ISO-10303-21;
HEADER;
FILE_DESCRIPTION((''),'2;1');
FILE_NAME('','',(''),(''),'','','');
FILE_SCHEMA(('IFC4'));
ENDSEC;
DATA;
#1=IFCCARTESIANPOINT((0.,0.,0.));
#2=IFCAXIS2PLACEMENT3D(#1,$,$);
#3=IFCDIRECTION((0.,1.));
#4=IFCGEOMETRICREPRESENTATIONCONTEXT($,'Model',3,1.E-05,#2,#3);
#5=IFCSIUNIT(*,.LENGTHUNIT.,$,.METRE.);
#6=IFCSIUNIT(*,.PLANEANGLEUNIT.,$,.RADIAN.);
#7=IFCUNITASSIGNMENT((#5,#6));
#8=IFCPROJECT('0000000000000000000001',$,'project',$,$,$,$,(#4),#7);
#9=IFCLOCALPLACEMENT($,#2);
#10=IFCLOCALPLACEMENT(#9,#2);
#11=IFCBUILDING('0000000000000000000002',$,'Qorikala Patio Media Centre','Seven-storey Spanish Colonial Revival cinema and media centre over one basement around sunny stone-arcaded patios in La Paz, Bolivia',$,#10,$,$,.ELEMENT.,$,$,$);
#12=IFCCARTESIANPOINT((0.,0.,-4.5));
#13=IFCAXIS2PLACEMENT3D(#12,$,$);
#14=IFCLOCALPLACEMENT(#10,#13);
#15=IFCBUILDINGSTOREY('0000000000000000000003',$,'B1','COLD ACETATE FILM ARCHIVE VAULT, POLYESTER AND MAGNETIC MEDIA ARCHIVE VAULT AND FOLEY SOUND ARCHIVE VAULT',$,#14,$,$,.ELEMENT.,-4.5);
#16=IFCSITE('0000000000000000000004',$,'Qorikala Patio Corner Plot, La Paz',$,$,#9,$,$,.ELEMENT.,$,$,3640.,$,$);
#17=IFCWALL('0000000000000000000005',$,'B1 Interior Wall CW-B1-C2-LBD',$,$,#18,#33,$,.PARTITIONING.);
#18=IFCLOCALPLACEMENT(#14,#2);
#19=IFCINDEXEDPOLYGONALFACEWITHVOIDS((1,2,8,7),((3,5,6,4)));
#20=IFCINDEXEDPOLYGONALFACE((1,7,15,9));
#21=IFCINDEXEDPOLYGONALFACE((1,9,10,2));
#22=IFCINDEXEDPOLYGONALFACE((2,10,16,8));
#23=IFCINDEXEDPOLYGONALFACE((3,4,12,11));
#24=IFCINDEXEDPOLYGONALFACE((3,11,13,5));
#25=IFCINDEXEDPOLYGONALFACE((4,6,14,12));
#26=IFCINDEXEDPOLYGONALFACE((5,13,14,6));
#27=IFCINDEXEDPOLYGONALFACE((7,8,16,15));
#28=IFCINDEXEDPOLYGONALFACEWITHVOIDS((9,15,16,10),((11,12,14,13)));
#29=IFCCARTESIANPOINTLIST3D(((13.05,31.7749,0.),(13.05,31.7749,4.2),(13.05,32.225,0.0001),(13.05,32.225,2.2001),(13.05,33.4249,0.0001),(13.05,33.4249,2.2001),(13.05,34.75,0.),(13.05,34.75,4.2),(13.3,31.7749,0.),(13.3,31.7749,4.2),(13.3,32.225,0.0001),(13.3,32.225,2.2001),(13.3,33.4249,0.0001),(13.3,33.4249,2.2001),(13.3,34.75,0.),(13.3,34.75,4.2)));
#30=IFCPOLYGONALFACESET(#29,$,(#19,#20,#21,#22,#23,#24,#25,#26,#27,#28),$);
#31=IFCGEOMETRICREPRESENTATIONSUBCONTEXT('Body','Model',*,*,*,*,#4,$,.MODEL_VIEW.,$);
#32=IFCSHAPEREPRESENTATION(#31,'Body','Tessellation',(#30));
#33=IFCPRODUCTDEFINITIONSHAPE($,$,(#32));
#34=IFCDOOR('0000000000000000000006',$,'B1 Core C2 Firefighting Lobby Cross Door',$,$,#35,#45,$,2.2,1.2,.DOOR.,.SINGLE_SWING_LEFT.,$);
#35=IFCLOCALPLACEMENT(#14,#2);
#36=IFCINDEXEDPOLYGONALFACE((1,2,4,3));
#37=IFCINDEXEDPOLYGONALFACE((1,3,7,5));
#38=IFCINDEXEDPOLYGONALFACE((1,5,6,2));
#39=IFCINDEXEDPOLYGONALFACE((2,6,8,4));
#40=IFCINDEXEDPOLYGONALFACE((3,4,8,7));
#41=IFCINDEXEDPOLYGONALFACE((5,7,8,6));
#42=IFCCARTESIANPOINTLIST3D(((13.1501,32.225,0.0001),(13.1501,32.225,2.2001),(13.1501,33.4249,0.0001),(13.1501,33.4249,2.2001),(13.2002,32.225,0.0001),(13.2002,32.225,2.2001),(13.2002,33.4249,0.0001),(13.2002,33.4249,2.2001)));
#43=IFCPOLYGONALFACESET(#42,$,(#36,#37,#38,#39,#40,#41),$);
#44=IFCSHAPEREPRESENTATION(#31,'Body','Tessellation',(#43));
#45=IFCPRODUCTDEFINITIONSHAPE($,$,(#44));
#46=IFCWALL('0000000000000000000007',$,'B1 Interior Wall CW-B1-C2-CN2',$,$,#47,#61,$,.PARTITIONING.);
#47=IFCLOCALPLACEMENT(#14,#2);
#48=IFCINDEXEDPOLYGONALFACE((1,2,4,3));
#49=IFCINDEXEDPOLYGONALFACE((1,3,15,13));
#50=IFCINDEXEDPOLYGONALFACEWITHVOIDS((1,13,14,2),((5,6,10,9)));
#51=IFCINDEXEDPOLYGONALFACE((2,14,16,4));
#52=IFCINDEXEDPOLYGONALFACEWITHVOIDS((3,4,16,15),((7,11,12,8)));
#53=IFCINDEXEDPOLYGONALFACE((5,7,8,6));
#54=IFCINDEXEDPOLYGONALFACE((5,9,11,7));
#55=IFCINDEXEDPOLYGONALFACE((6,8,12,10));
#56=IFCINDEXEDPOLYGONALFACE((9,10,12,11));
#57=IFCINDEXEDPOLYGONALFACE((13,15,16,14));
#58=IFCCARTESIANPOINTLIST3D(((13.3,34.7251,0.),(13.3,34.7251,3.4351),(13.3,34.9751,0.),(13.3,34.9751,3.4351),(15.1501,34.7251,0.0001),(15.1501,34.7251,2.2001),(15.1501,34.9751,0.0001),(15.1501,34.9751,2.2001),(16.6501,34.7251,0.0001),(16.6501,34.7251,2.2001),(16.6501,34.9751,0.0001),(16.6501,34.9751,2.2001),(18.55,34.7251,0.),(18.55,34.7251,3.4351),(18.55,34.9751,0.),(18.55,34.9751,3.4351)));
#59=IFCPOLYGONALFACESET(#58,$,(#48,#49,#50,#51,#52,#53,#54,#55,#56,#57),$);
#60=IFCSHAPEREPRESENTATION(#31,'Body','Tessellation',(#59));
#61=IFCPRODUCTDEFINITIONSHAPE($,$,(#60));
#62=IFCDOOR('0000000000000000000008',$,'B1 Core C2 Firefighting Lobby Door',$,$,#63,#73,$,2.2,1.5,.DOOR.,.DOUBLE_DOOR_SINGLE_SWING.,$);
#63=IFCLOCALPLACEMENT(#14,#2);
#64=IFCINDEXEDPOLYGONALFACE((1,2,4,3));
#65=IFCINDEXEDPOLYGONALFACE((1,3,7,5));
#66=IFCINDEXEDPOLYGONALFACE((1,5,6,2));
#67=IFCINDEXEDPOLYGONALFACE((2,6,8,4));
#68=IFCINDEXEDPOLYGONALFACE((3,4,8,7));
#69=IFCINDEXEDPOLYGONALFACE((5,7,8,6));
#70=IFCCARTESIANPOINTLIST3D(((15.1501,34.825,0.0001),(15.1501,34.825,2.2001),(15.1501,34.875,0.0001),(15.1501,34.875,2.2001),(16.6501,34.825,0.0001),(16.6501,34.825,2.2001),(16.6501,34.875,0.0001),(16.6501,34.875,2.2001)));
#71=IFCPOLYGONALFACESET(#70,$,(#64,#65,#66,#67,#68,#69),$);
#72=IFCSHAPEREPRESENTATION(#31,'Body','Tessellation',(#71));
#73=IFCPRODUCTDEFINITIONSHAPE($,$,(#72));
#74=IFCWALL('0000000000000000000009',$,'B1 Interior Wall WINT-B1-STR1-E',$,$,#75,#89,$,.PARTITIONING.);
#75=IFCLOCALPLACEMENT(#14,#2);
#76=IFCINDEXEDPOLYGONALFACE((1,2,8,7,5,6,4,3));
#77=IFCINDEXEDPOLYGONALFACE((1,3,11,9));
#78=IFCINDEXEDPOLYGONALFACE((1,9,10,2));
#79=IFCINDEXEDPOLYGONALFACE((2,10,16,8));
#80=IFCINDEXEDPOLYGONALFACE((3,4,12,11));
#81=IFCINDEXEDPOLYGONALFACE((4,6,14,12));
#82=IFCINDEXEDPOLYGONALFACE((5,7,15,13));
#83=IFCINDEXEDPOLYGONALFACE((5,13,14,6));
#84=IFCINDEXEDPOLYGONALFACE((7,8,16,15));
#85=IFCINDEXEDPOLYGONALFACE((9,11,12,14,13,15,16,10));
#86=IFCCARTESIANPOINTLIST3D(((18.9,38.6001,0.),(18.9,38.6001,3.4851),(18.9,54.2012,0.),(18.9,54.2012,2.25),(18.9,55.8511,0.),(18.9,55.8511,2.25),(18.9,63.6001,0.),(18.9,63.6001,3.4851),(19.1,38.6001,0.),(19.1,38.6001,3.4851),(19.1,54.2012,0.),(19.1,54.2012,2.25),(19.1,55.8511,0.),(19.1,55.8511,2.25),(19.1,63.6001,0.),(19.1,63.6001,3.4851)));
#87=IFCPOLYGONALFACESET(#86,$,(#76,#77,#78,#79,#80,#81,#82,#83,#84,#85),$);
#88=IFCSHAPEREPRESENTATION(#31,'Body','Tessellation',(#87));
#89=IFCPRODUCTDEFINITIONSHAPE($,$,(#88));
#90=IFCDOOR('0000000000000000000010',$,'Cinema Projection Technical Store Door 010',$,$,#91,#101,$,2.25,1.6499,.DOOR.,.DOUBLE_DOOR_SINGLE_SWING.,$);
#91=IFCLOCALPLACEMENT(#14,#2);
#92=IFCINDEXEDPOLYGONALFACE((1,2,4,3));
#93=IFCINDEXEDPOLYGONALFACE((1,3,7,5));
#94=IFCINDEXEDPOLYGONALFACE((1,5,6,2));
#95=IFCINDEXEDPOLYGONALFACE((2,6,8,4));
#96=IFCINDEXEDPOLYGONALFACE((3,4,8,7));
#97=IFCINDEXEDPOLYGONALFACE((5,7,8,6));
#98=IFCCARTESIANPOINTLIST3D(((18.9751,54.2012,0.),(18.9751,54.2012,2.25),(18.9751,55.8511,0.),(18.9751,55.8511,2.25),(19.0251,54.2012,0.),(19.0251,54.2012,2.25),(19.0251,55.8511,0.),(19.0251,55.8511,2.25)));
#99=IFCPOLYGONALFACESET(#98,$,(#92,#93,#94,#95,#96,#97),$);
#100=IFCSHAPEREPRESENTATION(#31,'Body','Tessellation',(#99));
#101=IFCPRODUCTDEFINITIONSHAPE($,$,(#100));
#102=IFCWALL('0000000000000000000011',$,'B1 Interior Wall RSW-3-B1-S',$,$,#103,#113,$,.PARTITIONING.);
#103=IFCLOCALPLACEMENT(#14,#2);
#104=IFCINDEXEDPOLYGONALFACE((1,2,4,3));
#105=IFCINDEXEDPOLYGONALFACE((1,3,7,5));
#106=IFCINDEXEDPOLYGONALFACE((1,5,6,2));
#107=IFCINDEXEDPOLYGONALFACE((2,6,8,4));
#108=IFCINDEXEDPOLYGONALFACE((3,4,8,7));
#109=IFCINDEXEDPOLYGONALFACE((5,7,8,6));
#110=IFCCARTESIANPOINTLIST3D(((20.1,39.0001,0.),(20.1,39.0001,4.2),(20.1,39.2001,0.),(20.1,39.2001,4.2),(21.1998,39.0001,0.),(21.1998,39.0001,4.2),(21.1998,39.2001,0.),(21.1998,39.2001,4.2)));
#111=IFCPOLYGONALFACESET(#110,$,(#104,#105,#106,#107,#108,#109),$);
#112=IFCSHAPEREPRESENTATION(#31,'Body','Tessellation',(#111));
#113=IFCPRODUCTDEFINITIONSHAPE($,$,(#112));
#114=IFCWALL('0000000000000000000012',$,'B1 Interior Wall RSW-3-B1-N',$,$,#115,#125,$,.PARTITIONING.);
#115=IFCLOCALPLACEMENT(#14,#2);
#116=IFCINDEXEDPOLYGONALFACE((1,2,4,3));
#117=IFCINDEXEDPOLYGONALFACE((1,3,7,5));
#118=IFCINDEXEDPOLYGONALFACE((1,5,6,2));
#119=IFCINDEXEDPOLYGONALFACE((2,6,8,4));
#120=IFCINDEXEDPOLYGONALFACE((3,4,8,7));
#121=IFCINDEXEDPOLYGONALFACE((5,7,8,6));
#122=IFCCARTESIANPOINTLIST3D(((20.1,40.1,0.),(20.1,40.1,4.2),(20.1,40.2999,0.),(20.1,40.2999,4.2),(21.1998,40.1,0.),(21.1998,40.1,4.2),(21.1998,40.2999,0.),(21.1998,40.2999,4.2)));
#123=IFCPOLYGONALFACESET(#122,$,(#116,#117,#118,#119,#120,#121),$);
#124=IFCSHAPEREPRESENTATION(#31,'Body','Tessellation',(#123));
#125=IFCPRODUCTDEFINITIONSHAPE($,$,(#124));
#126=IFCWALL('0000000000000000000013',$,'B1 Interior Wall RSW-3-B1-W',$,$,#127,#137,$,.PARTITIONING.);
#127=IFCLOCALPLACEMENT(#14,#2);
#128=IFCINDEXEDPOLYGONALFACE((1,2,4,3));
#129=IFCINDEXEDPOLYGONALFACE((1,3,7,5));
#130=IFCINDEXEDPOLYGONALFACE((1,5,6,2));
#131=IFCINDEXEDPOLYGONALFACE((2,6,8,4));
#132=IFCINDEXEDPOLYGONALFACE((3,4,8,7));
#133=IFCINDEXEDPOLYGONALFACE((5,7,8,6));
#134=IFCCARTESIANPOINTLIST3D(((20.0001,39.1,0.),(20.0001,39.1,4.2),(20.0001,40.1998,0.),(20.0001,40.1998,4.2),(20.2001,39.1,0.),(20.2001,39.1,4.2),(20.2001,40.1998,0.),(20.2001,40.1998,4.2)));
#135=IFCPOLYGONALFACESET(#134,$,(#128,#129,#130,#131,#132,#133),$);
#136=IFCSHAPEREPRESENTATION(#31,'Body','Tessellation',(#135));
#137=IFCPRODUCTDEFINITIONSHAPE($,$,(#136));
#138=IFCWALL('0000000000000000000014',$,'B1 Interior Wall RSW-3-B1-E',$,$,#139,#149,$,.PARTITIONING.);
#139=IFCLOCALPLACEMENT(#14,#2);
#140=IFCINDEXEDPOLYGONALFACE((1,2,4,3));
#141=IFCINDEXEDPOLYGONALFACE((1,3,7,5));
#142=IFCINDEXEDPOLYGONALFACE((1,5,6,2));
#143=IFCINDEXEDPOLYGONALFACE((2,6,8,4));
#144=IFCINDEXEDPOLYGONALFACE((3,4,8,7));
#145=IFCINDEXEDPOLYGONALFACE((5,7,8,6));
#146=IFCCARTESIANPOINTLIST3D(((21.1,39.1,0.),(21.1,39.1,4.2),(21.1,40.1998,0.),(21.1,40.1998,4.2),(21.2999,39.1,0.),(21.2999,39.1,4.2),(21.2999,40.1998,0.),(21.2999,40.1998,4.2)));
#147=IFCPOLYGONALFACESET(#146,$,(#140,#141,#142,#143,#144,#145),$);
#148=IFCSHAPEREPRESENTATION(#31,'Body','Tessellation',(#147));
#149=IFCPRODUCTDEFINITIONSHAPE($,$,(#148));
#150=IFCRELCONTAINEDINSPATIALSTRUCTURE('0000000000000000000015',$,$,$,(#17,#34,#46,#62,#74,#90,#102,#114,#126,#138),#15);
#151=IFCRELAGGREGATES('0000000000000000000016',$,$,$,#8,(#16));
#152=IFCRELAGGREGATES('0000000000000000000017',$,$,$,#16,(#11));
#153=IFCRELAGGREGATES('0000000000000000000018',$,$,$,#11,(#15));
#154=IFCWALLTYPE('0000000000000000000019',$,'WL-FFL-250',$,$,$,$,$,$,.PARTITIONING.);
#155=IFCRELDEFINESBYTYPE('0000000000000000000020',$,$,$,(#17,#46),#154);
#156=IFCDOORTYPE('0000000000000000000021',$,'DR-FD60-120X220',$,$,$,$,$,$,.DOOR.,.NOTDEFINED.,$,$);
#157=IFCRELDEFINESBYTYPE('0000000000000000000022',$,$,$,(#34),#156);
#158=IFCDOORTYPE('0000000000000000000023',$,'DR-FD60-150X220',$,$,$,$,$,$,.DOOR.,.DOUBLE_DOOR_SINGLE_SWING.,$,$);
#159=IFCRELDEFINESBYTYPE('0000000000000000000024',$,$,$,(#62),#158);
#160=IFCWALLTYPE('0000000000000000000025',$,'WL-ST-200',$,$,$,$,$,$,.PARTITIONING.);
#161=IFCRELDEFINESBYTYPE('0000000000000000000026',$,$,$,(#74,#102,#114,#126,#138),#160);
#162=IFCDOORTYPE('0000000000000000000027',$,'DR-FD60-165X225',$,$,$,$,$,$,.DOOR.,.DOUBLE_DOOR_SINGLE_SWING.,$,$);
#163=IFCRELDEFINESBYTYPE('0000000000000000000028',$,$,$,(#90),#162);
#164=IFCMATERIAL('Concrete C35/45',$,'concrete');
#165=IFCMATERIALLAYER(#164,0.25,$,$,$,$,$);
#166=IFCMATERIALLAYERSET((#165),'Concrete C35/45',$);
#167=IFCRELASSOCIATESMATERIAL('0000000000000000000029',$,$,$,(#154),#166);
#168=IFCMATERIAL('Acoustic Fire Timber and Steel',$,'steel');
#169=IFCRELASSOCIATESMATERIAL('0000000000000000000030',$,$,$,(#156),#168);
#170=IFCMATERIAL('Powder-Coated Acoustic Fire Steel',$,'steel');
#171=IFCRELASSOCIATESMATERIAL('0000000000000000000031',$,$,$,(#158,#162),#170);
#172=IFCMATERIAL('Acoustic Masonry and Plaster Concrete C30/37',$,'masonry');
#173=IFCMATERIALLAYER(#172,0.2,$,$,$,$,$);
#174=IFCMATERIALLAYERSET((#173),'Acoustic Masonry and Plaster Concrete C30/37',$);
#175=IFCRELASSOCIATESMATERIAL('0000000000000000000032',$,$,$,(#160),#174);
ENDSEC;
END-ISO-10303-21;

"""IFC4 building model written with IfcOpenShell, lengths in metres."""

from ifc_helpers import new_model, si_unit, direction, frame, frame_2d, origin, place, context, subcontext, project, spatial, rectangle, extrude, material, layer, layer_set, type_object, element, fill, save


model = new_model("IFC4")

# Units and contexts
model_context = context("Model", 3, precision=1e-05, world=origin(), true_north=direction((0.0, 1.0)))
body_context = subcontext(model_context, "Body", "Model", "MODEL_VIEW")
ifc_project = project(units=[si_unit("LENGTHUNIT", "METRE"), si_unit("PLANEANGLEUNIT", "RADIAN")], contexts=[model_context])

# Site, building, storey
site_placement = place(None, origin())
site = spatial("IfcSite", under=ifc_project, at=site_placement, Name="Qorikala Patio Corner Plot, La Paz", CompositionType="ELEMENT", RefElevation=3640.0)
building_placement = place(site_placement, origin())
building = spatial("IfcBuilding", under=site, at=building_placement, Name="Qorikala Patio Media Centre", Description="Seven-storey Spanish Colonial Revival cinema and media centre over one basement around sunny stone-arcaded patios in La Paz, Bolivia", CompositionType="ELEMENT")
storey_placement = place(building_placement, frame((0.0, 0.0, -4.5)))
storey = spatial("IfcBuildingStorey", under=building, at=storey_placement, Name="B1", Description="COLD ACETATE FILM ARCHIVE VAULT, POLYESTER AND MAGNETIC MEDIA ARCHIVE VAULT AND FOLEY SOUND ARCHIVE VAULT", CompositionType="ELEMENT", Elevation=-4.5)

# Shared definitions
ifc_material_1 = material(Name="Concrete C35/45", Category="concrete")

# Walls, openings, doors
ifc_layer_1 = layer(ifc_material_1, 0.25)
ifc_layer_set_1 = layer_set([ifc_layer_1], Name="Concrete C35/45")
wall_type_1 = type_object("IfcWallType", Name="WL-FFL-250", PredefinedType="PARTITIONING", material=ifc_layer_set_1)
wall_1_placement = place(storey_placement, frame((13.175, 31.7749, 0.0), z_axis=(0.0, 0.0, 1.0), x_axis=(0.0, 1.0, 0.0)))
wall_1 = element("IfcWall", 1, at=wall_1_placement, inside=storey, type_object=wall_type_1, Name="B1 Interior Wall CW-B1-C2-LBD", PredefinedType="PARTITIONING", context=body_context, shape_type="SweptSolid", body=[
    extrude(rectangle(XDim=2.9751, YDim=0.25, at=frame_2d((1.4875, 0.0))), origin(), (0.0, 0.0, 1.0), 4.2),
])
opening_1_placement = place(wall_1_placement, frame((0.45, 0.0, 0.0)))
opening_1 = element("IfcOpeningElement", 2, at=opening_1_placement, cuts=wall_1, PredefinedType="OPENING", context=body_context, shape_type="SweptSolid", body=[
    extrude(rectangle(XDim=1.2, YDim=2.2, at=frame_2d((0.6001, 1.1001))), frame((0.0, 0.135, 0.0), z_axis=(0.0, -1.0, 0.0), x_axis=(1.0, 0.0, 0.0)), (0.0, 0.0, 1.0), 0.27),
])
ifc_material_2 = material(Name="Acoustic Fire Timber and Steel", Category="steel")
door_type_1 = type_object("IfcDoorType", Name="DR-FD60-120X220", OperationType="NOTDEFINED", PredefinedType="DOOR", material=ifc_material_2)
door_1_placement = place(opening_1_placement, origin())
door_1 = element("IfcDoor", 3, at=door_1_placement, inside=storey, type_object=door_type_1, Name="B1 Core C2 Firefighting Lobby Cross Door", OperationType="SINGLE_SWING_LEFT", OverallHeight=2.2, OverallWidth=1.2, PredefinedType="DOOR", context=body_context, shape_type="SweptSolid", body=[
    extrude(rectangle(XDim=1.2, YDim=2.2, at=frame_2d((0.6001, 1.1001))), frame((0.0, 0.0249, 0.0), z_axis=(0.0, -1.0, 0.0), x_axis=(1.0, 0.0, 0.0)), (0.0, 0.0, 1.0), 0.05),
])
fill(opening_1, door_1)
wall_2_placement = place(storey_placement, frame((13.3, 34.8501, 0.0), z_axis=(0.0, 0.0, 1.0), x_axis=(1.0, 0.0, 0.0)))
wall_2 = element("IfcWall", 4, at=wall_2_placement, inside=storey, type_object=wall_type_1, Name="B1 Interior Wall CW-B1-C2-CN2", PredefinedType="PARTITIONING", context=body_context, shape_type="SweptSolid", body=[
    extrude(rectangle(XDim=5.25, YDim=0.25, at=frame_2d((2.625, 0.0))), origin(), (0.0, 0.0, 1.0), 3.4351),
])
opening_2_placement = place(wall_2_placement, frame((1.8501, 0.0, 0.0)))
opening_2 = element("IfcOpeningElement", 5, at=opening_2_placement, cuts=wall_2, PredefinedType="OPENING", context=body_context, shape_type="SweptSolid", body=[
    extrude(rectangle(XDim=1.5, YDim=2.2, at=frame_2d((0.75, 1.1001))), frame((0.0, 0.135, 0.0), z_axis=(0.0, -1.0, 0.0), x_axis=(1.0, 0.0, 0.0)), (0.0, 0.0, 1.0), 0.27),
])
ifc_material_3 = material(Name="Powder-Coated Acoustic Fire Steel", Category="steel")
door_type_2 = type_object("IfcDoorType", Name="DR-FD60-150X220", OperationType="DOUBLE_DOOR_SINGLE_SWING", PredefinedType="DOOR", material=ifc_material_3)
door_2_placement = place(opening_2_placement, origin())
door_2 = element("IfcDoor", 6, at=door_2_placement, inside=storey, type_object=door_type_2, Name="B1 Core C2 Firefighting Lobby Door", OperationType="DOUBLE_DOOR_SINGLE_SWING", OverallHeight=2.2, OverallWidth=1.5, PredefinedType="DOOR", context=body_context, shape_type="SweptSolid", body=[
    extrude(rectangle(XDim=1.5, YDim=2.2, at=frame_2d((0.75, 1.1001))), frame((0.0, 0.0249, 0.0), z_axis=(0.0, -1.0, 0.0), x_axis=(1.0, 0.0, 0.0)), (0.0, 0.0, 1.0), 0.05),
])
fill(opening_2, door_2)
ifc_material_4 = material(Name="Acoustic Masonry and Plaster Concrete C30/37", Category="masonry")
ifc_layer_2 = layer(ifc_material_4, 0.2)
ifc_layer_set_2 = layer_set([ifc_layer_2], Name="Acoustic Masonry and Plaster Concrete C30/37")
wall_type_2 = type_object("IfcWallType", Name="WL-ST-200", PredefinedType="PARTITIONING", material=ifc_layer_set_2)
wall_3_placement = place(storey_placement, frame((19.0, 38.6001, 0.0), z_axis=(0.0, 0.0, 1.0), x_axis=(0.0, 1.0, 0.0)))
wall_3 = element("IfcWall", 7, at=wall_3_placement, inside=storey, type_object=wall_type_2, Name="B1 Interior Wall WINT-B1-STR1-E", PredefinedType="PARTITIONING", context=body_context, shape_type="SweptSolid", body=[
    extrude(rectangle(XDim=25.0, YDim=0.2, at=frame_2d((12.5, 0.0))), origin(), (0.0, 0.0, 1.0), 3.4851),
])
opening_3_placement = place(wall_3_placement, frame((15.6011, 0.0, 0.0)))
opening_3 = element("IfcOpeningElement", 8, at=opening_3_placement, cuts=wall_3, PredefinedType="OPENING", context=body_context, shape_type="SweptSolid", body=[
    extrude(rectangle(XDim=1.6499, YDim=2.25, at=frame_2d((0.825, 1.125))), frame((0.0, 0.1099, 0.0), z_axis=(0.0, -1.0, 0.0), x_axis=(1.0, 0.0, 0.0)), (0.0, 0.0, 1.0), 0.22),
])
door_type_3 = type_object("IfcDoorType", Name="DR-FD60-165X225", OperationType="DOUBLE_DOOR_SINGLE_SWING", PredefinedType="DOOR", material=ifc_material_3)
door_3_placement = place(opening_3_placement, origin())
door_3 = element("IfcDoor", 9, at=door_3_placement, inside=storey, type_object=door_type_3, Name="Cinema Projection Technical Store Door 010", OperationType="DOUBLE_DOOR_SINGLE_SWING", OverallHeight=2.25, OverallWidth=1.6499, PredefinedType="DOOR", context=body_context, shape_type="SweptSolid", body=[
    extrude(rectangle(XDim=1.6499, YDim=2.25, at=frame_2d((0.825, 1.125))), frame((0.0, 0.0249, 0.0), z_axis=(0.0, -1.0, 0.0), x_axis=(1.0, 0.0, 0.0)), (0.0, 0.0, 1.0), 0.05),
])
fill(opening_3, door_3)

# Walls
for number, where, z_axis, x_axis, name in (
    (10, (20.1001, 39.1001, 0.0), (0.0, 0.0, 1.0), (1.0, 0.0, 0.0), "B1 Interior Wall RSW-3-B1-S"),
    (11, (20.1001, 40.2, 0.0), (0.0, 0.0, 1.0), (1.0, 0.0, 0.0), "B1 Interior Wall RSW-3-B1-N"),
    (12, (20.1001, 39.1001, 0.0), (0.0, 0.0, 1.0), (0.0, 1.0, 0.0), "B1 Interior Wall RSW-3-B1-W"),
    (13, (21.2, 39.1001, 0.0), (0.0, 0.0, 1.0), (0.0, 1.0, 0.0), "B1 Interior Wall RSW-3-B1-E"),
):
    element("IfcWall", number, at=place(storey_placement, frame(where, z_axis=z_axis, x_axis=x_axis)), inside=storey, type_object=wall_type_2, Name=name, PredefinedType="PARTITIONING", context=body_context, shape_type="SweptSolid", body=[
        extrude(rectangle(XDim=1.0999, YDim=0.2, at=frame_2d((0.5498, 0.0))), origin(), (0.0, 0.0, 1.0), 4.2),
    ])

save(model, "model.ifc")
